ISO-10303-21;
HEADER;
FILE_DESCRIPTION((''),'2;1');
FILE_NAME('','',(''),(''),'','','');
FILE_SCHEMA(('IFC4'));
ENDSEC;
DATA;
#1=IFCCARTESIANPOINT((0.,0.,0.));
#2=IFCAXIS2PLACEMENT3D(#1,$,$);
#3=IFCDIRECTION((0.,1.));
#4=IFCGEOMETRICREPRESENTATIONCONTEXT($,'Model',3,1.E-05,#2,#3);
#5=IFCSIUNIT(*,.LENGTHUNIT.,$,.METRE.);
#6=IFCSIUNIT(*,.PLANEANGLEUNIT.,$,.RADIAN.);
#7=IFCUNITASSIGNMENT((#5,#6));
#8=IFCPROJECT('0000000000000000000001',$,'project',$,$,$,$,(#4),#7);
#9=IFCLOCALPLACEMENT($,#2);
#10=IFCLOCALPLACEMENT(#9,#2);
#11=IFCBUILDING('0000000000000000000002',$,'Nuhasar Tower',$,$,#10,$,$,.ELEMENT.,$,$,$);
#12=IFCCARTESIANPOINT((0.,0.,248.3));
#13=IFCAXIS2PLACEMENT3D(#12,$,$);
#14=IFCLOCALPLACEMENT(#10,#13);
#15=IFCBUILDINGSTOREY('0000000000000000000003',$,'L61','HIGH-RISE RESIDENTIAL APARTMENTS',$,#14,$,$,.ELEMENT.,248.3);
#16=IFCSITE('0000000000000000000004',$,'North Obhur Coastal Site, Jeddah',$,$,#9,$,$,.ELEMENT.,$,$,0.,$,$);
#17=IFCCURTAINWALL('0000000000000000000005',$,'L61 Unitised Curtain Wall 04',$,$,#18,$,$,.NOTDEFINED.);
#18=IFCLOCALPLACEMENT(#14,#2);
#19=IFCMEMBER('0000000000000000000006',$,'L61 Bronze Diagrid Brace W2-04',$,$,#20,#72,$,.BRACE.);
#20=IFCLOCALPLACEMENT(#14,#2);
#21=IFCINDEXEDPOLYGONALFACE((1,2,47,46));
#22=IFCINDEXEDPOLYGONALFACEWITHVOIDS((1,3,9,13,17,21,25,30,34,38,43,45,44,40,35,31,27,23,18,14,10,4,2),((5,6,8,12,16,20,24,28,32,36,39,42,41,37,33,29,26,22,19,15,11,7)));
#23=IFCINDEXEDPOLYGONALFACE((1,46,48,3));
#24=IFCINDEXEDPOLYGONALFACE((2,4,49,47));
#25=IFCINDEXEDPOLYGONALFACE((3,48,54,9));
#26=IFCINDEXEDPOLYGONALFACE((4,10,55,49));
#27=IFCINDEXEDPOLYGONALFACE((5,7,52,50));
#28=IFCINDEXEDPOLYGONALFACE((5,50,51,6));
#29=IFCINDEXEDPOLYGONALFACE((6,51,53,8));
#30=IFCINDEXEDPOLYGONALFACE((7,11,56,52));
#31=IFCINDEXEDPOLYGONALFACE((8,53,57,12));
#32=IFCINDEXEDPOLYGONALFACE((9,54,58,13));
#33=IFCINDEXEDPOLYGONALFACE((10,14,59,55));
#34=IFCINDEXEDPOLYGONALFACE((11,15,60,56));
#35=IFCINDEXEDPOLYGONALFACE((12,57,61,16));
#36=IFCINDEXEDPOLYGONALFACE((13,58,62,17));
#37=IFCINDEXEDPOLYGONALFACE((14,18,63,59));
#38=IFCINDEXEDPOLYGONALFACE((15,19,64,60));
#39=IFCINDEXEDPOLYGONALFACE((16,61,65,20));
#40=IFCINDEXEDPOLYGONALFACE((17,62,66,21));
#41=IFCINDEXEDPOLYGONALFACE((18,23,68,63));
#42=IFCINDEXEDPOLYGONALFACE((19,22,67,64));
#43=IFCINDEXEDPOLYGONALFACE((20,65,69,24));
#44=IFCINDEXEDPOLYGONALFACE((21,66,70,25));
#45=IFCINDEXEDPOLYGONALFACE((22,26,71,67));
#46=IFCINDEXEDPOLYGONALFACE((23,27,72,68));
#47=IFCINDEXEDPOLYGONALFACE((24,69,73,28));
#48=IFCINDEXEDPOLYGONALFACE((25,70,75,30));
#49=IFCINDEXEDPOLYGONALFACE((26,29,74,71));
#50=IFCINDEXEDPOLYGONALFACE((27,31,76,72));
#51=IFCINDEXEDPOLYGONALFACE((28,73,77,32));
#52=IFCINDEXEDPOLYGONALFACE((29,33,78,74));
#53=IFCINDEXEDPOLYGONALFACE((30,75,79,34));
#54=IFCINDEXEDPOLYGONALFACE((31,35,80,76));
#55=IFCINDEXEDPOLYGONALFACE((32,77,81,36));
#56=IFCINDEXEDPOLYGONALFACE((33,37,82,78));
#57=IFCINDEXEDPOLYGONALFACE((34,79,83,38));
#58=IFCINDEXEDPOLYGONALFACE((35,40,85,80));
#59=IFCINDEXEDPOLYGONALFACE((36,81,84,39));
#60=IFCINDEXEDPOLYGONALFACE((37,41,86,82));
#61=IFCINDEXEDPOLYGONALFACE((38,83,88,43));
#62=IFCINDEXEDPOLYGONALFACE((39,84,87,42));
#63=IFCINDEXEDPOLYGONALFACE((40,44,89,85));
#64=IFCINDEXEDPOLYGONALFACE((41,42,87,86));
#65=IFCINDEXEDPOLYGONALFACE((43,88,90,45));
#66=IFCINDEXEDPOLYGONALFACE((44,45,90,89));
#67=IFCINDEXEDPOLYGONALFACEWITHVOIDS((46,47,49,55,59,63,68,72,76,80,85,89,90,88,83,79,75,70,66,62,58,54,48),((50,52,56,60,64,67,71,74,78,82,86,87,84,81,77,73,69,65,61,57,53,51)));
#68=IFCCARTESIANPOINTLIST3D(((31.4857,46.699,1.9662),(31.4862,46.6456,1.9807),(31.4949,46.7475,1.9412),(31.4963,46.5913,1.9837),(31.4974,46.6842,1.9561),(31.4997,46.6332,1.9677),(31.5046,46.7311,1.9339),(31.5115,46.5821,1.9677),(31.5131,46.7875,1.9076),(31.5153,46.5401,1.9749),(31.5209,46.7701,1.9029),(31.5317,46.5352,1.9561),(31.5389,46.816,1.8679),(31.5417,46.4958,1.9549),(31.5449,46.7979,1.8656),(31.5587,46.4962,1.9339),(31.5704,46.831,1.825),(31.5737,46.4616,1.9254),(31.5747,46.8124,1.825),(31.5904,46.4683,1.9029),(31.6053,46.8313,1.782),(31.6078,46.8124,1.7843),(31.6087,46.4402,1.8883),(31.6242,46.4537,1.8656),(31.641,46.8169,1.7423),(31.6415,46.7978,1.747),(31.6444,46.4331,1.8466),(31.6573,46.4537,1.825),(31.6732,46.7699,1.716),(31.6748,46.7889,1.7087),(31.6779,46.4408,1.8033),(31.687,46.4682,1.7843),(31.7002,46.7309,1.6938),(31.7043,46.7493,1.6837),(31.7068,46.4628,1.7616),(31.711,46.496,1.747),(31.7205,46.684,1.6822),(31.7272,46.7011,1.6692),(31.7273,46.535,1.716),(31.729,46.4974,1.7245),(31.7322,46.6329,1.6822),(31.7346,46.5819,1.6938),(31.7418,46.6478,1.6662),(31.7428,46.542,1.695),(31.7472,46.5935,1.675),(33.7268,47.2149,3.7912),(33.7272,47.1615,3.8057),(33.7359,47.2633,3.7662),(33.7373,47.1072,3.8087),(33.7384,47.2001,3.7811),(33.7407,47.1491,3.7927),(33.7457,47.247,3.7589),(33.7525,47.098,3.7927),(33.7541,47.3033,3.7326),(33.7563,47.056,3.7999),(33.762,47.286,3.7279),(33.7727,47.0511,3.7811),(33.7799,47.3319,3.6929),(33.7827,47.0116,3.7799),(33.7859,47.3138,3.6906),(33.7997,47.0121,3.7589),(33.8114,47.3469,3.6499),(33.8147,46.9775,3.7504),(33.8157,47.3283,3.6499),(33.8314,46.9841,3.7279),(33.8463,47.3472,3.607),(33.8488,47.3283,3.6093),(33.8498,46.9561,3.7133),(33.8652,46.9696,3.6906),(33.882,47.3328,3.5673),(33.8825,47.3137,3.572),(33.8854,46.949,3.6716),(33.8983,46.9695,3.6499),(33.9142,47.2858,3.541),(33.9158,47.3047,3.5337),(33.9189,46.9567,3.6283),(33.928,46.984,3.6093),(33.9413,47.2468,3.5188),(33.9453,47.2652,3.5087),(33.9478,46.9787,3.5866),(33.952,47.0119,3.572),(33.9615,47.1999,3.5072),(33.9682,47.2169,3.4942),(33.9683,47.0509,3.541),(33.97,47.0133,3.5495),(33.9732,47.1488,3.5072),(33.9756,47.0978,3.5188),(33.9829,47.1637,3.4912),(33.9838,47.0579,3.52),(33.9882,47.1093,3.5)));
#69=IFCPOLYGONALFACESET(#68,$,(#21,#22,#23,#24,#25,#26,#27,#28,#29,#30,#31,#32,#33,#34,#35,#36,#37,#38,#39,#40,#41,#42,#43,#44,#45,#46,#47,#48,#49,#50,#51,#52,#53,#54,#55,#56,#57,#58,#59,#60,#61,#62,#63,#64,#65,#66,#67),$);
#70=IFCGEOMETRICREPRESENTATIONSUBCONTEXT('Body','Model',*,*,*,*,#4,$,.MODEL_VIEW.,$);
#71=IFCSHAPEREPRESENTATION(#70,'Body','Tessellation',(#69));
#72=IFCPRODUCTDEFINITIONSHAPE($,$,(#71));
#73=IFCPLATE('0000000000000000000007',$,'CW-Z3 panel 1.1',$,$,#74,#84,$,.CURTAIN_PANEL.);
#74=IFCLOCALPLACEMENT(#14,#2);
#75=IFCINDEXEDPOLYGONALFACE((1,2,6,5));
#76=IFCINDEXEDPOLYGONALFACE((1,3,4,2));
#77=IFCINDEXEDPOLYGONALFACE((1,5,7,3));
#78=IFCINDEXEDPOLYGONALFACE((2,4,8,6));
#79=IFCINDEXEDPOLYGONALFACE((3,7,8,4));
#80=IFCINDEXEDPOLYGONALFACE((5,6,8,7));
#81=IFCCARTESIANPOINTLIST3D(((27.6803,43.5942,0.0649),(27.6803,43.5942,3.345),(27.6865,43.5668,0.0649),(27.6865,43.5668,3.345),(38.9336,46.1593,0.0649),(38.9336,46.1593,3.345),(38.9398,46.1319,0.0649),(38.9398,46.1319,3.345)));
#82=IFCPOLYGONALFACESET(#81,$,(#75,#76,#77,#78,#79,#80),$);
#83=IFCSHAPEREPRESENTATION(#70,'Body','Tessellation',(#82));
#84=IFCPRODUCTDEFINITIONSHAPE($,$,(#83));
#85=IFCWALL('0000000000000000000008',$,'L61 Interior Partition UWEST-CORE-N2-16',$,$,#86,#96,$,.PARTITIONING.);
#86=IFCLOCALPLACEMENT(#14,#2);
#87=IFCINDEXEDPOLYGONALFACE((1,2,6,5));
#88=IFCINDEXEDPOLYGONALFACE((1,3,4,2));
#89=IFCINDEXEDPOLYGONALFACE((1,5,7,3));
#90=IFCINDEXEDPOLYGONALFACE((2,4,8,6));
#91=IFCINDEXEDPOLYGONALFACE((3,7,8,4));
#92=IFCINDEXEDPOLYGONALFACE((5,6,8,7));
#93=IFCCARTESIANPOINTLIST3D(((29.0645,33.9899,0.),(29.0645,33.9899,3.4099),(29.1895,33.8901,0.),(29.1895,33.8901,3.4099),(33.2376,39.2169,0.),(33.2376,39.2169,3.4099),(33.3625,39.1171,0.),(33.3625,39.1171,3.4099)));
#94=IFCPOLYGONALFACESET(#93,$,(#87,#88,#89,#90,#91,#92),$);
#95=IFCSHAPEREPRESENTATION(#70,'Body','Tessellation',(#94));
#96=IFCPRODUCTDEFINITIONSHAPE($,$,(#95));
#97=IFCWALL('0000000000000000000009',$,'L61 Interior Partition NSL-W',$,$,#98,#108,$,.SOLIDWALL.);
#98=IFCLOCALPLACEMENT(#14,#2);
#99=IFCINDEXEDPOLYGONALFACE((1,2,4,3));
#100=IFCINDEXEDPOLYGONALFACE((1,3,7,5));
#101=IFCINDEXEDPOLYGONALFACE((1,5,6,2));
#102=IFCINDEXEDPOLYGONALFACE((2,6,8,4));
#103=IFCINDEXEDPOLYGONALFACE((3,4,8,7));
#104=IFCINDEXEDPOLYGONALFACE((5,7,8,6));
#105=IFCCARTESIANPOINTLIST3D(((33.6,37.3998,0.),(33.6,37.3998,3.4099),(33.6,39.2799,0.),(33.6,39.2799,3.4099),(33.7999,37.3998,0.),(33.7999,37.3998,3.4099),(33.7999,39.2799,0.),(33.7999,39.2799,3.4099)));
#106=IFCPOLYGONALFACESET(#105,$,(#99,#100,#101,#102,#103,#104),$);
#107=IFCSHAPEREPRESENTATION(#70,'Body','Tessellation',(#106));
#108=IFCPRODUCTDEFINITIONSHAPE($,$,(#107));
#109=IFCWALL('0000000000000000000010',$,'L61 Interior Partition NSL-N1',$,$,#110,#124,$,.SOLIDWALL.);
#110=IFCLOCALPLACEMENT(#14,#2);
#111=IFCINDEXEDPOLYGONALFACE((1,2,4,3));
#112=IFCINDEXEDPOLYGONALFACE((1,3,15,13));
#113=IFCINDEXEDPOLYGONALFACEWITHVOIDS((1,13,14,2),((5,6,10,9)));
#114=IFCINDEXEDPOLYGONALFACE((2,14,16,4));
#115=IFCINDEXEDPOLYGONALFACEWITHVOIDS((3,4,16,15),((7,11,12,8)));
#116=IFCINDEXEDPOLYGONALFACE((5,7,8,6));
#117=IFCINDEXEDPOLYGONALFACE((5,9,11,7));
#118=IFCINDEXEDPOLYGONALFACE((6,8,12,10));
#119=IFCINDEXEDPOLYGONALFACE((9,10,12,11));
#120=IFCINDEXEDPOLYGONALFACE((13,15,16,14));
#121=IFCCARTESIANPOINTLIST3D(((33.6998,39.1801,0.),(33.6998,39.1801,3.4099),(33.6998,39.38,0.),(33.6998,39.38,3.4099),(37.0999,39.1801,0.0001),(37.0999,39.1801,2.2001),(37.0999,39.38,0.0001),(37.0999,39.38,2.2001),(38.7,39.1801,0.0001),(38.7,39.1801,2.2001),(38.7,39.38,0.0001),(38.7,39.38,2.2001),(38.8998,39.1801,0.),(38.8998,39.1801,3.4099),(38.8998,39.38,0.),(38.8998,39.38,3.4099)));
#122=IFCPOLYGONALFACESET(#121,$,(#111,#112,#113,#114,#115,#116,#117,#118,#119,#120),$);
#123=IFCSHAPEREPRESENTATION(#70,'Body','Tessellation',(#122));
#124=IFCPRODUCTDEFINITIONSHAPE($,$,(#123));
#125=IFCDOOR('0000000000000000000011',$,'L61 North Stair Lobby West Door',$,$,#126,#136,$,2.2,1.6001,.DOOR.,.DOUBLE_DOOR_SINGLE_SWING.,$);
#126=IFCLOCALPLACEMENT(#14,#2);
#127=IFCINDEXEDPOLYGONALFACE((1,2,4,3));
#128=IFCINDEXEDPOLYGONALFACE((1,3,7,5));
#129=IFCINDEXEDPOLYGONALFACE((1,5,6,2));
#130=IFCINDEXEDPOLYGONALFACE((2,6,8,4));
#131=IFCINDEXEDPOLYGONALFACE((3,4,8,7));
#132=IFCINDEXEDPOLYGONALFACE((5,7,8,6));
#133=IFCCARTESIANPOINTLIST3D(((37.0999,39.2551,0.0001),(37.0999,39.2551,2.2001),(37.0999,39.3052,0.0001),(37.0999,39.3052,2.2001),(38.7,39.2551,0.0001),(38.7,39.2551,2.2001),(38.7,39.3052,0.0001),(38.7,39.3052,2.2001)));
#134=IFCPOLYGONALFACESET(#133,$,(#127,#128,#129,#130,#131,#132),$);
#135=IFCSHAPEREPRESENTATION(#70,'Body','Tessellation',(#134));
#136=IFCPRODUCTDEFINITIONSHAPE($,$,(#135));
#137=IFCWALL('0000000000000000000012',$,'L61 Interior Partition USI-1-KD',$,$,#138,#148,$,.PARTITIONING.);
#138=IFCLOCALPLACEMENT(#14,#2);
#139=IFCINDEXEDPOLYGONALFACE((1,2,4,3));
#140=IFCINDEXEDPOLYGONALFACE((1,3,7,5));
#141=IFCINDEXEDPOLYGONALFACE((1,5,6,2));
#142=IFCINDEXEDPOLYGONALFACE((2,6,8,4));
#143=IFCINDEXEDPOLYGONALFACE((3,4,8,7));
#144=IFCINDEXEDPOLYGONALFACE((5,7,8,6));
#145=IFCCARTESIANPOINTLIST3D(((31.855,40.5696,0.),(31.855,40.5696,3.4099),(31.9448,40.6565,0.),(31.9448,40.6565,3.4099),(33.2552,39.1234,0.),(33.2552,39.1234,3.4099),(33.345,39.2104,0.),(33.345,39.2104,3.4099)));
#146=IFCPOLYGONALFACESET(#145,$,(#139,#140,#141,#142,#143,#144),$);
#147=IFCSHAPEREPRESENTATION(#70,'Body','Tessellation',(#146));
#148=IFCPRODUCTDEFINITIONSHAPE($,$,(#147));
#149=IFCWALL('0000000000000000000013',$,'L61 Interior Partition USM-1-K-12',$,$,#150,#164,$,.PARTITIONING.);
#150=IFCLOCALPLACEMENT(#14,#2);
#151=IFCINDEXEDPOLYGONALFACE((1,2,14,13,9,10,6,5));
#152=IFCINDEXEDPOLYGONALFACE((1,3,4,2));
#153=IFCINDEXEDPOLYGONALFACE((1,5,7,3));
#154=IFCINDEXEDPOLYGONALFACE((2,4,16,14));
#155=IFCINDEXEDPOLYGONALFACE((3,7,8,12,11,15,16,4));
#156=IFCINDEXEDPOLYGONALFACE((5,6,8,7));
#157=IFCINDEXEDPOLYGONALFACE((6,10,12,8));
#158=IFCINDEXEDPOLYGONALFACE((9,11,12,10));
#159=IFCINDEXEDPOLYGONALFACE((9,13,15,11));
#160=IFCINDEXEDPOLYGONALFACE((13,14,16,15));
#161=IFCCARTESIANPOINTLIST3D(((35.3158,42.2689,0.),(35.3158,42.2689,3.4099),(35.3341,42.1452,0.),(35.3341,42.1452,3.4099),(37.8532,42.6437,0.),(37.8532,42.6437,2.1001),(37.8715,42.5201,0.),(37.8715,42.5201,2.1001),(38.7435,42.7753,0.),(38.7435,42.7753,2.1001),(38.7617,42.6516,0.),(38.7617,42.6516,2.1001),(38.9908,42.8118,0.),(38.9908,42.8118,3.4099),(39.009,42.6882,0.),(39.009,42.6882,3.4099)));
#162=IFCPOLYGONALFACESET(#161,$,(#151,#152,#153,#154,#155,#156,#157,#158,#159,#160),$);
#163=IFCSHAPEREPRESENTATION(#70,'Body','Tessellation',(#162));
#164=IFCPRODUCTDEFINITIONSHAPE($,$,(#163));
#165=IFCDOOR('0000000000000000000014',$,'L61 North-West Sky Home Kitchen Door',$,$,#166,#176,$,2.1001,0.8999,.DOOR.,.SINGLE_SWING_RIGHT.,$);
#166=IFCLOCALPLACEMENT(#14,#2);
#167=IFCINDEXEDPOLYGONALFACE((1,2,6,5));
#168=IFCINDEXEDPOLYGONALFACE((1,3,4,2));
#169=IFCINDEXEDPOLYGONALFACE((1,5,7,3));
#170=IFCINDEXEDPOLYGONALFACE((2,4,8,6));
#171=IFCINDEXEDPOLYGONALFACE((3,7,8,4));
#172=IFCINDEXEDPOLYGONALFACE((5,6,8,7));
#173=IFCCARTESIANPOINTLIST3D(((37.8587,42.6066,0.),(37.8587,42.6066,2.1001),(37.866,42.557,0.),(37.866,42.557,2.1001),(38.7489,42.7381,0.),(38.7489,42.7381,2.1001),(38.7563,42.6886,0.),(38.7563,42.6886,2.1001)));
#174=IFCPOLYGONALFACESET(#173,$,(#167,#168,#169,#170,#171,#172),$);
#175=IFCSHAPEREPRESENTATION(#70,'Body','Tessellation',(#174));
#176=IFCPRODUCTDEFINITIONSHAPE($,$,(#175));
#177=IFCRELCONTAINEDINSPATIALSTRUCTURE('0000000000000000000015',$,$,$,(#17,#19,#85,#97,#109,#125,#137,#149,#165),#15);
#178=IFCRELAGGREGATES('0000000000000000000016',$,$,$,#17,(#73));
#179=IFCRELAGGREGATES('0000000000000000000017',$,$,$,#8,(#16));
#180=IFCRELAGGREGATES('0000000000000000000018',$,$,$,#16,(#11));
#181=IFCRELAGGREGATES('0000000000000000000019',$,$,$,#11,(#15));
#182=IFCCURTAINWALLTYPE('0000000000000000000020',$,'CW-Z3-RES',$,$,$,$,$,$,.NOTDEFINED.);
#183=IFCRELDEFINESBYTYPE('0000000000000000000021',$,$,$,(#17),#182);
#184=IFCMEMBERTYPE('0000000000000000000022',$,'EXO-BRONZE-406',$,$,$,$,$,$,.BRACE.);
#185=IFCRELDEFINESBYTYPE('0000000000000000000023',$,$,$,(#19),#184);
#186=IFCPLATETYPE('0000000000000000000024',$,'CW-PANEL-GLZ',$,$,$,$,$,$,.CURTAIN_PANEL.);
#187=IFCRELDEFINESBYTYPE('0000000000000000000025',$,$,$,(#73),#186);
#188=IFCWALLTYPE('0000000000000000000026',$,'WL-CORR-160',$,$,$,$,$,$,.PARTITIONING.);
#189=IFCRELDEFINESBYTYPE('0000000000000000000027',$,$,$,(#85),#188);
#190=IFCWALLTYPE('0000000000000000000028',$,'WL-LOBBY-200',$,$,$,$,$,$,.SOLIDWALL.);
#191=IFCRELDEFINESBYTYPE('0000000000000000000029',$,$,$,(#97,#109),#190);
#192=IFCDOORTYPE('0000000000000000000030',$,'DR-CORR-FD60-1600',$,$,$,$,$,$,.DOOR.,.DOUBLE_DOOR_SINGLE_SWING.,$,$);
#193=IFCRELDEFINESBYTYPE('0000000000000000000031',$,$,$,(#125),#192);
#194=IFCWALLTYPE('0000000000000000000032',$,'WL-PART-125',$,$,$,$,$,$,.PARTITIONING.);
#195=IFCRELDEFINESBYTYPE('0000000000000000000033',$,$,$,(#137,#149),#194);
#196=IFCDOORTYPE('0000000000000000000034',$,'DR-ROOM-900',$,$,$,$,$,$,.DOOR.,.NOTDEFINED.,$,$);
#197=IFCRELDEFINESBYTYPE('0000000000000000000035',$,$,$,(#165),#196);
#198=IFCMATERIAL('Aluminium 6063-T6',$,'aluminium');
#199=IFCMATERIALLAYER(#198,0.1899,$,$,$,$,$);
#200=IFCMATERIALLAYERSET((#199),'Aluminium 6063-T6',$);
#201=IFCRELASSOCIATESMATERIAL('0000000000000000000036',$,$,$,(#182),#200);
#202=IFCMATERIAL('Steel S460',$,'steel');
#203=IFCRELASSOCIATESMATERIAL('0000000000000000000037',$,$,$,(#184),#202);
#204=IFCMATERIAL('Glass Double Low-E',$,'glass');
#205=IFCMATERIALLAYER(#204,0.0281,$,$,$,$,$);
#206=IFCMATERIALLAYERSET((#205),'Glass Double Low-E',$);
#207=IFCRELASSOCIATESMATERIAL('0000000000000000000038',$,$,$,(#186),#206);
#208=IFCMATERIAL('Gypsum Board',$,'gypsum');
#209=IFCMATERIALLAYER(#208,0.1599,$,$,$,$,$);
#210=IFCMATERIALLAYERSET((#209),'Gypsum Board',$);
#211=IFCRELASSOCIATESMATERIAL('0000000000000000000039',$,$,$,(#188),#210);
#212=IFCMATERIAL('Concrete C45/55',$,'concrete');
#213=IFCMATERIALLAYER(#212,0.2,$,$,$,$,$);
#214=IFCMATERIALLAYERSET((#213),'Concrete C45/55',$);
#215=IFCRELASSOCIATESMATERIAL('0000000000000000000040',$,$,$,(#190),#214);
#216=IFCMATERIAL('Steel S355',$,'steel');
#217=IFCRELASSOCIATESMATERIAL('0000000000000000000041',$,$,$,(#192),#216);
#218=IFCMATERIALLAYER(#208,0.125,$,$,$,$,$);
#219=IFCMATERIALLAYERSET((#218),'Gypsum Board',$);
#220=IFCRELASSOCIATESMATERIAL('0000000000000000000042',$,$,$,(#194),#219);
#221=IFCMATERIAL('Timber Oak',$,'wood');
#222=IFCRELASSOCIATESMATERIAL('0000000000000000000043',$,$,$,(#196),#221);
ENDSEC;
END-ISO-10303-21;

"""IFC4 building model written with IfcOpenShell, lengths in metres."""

from ifc_helpers import new_model, si_unit, direction, frame, frame_2d, origin, origin_2d, place, context, subcontext, project, spatial, rectangle, hollow_circle, extrude, material, layer, layer_set, material_profile, profile_set, type_object, element, fill, aggregate, save


model = new_model("IFC4")

# Units and contexts
model_context = context("Model", 3, precision=1e-05, world=origin(), true_north=direction((0.0, 1.0)))
body_context = subcontext(model_context, "Body", "Model", "MODEL_VIEW")
ifc_project = project(units=[si_unit("LENGTHUNIT", "METRE"), si_unit("PLANEANGLEUNIT", "RADIAN")], contexts=[model_context])

# Site, building, storey
site_placement = place(None, origin())
site = spatial("IfcSite", under=ifc_project, at=site_placement, Name="North Obhur Coastal Site, Jeddah", CompositionType="ELEMENT", RefElevation=0.0)
building_placement = place(site_placement, origin())
building = spatial("IfcBuilding", under=site, at=building_placement, Name="Nuhasar Tower", CompositionType="ELEMENT")
storey_placement = place(building_placement, frame((0.0, 0.0, 248.3)))
storey = spatial("IfcBuildingStorey", under=building, at=storey_placement, Name="L61", Description="HIGH-RISE RESIDENTIAL APARTMENTS", CompositionType="ELEMENT", Elevation=248.3)

# Shared definitions
ifc_material_1 = material(Name="Steel S355", Category="steel")

# Curtain wall
ifc_material_2 = material(Name="Aluminium 6063-T6", Category="aluminium")
ifc_layer_1 = layer(ifc_material_2, 0.1899)
ifc_layer_set_1 = layer_set([ifc_layer_1], Name="Aluminium 6063-T6")
curtain_wall_type = type_object("IfcCurtainWallType", Name="CW-Z3-RES", PredefinedType="NOTDEFINED", material=ifc_layer_set_1)
curtain_wall_placement = place(storey_placement, origin())
curtain_wall = element("IfcCurtainWall", 1, at=curtain_wall_placement, inside=storey, type_object=curtain_wall_type, Name="L61 Unitised Curtain Wall 04", PredefinedType="NOTDEFINED")

# Member
ifc_material_3 = material(Name="Steel S460", Category="steel")
ifc_material_profile_1 = material_profile(ifc_material_3, hollow_circle(Radius=0.2031, WallThickness=0.019, at=origin_2d()), Name="HSS406.4X19.1")
ifc_profile_set_1 = profile_set([ifc_material_profile_1], Name="Steel S460")
member_type_1 = type_object("IfcMemberType", Name="EXO-BRONZE-406", PredefinedType="BRACE", material=ifc_profile_set_1)
for number, where, z_axis, x_axis, name in (
    (2, (31.616, 46.6331, 1.825), (0.763343, 0.175721, 0.621635), (-0.224332, 0.974513, 0.0), "L61 Bronze Diagrid Brace W2-04"),
):
    element("IfcMember", number, at=place(storey_placement, frame(where, z_axis=z_axis, x_axis=x_axis)), inside=storey, type_object=member_type_1, Name=name, PredefinedType="BRACE", context=body_context, shape_type="SweptSolid", body=[
        extrude(hollow_circle(Radius=0.2031, WallThickness=0.019, at=origin_2d()), origin(), (0.0, 0.0, 1.0), 2.9358),
    ])

# Plate
ifc_material_4 = material(Name="Glass Double Low-E", Category="glass")
ifc_layer_2 = layer(ifc_material_4, 0.0281)
ifc_layer_set_2 = layer_set([ifc_layer_2], Name="Glass Double Low-E")
plate_type = type_object("IfcPlateType", Name="CW-PANEL-GLZ", PredefinedType="CURTAIN_PANEL", material=ifc_layer_set_2)
plate_placement = place(storey_placement, frame((33.3101, 44.863, 0.0649), z_axis=(0.0, 0.0, 1.0), x_axis=(-0.974991, -0.222243, 0.0)))
plate = element("IfcPlate", 3, at=plate_placement, type_object=plate_type, Name="CW-Z3 panel 1.1", PredefinedType="CURTAIN_PANEL", context=body_context, shape_type="SweptSolid", body=[
    extrude(rectangle(XDim=11.542, YDim=0.0281, at=origin_2d()), origin(), (0.0, 0.0, 1.0), 3.28),
])
aggregate(curtain_wall, [plate])

# Walls
ifc_material_5 = material(Name="Gypsum Board", Category="gypsum")
ifc_layer_3 = layer(ifc_material_5, 0.1599)
ifc_layer_set_3 = layer_set([ifc_layer_3], Name="Gypsum Board")
wall_type_1 = type_object("IfcWallType", Name="WL-CORR-160", PredefinedType="PARTITIONING", material=ifc_layer_set_3)
wall_1_placement = place(storey_placement, frame((33.3, 39.167, 0.0), z_axis=(0.0, 0.0, 1.0), x_axis=(-0.623916, -0.781492, 0.0)))
element("IfcWall", 4, at=wall_1_placement, inside=storey, type_object=wall_type_1, Name="L61 Interior Partition UWEST-CORE-N2-16", PredefinedType="PARTITIONING", context=body_context, shape_type="SweptSolid", body=[
    extrude(rectangle(XDim=6.6885, YDim=0.1599, at=frame_2d((3.3442, 0.0))), origin(), (0.0, 0.0, 1.0), 3.4099),
])
ifc_material_6 = material(Name="Concrete C45/55", Category="concrete")
ifc_layer_4 = layer(ifc_material_6, 0.2)
ifc_layer_set_4 = layer_set([ifc_layer_4], Name="Concrete C45/55")
wall_type_2 = type_object("IfcWallType", Name="WL-LOBBY-200", PredefinedType="SOLIDWALL", material=ifc_layer_set_4)
wall_2_placement = place(storey_placement, frame((33.7, 37.3999, 0.0), z_axis=(0.0, 0.0, 1.0), x_axis=(0.0, 1.0, 0.0)))
element("IfcWall", 5, at=wall_2_placement, inside=storey, type_object=wall_type_2, Name="L61 Interior Partition NSL-W", PredefinedType="SOLIDWALL", context=body_context, shape_type="SweptSolid", body=[
    extrude(rectangle(XDim=1.8801, YDim=0.2, at=frame_2d((0.9399, 0.0))), origin(), (0.0, 0.0, 1.0), 3.4099),
])

# Wall, opening, door
wall_3_placement = place(storey_placement, frame((38.8999, 39.28, 0.0), z_axis=(0.0, 0.0, 1.0), x_axis=(-1.0, 0.0, 0.0)))
wall_3 = element("IfcWall", 6, at=wall_3_placement, inside=storey, type_object=wall_type_2, Name="L61 Interior Partition NSL-N1", PredefinedType="SOLIDWALL", context=body_context, shape_type="SweptSolid", body=[
    extrude(rectangle(XDim=5.2, YDim=0.2, at=frame_2d((2.6001, 0.0))), origin(), (0.0, 0.0, 1.0), 3.4099),
])
opening_1_placement = place(wall_3_placement, frame((0.2, 0.0, 0.0)))
opening_1 = element("IfcOpeningElement", 7, at=opening_1_placement, cuts=wall_3, PredefinedType="OPENING", context=body_context, shape_type="SweptSolid", body=[
    extrude(rectangle(XDim=1.6001, YDim=2.2, at=frame_2d((0.8, 1.1001))), frame((0.0, 0.1099, 0.0), z_axis=(0.0, -1.0, 0.0), x_axis=(1.0, 0.0, 0.0)), (0.0, 0.0, 1.0), 0.22),
])
door_type_1 = type_object("IfcDoorType", Name="DR-CORR-FD60-1600", OperationType="DOUBLE_DOOR_SINGLE_SWING", PredefinedType="DOOR", material=ifc_material_1)
door_1_placement = place(opening_1_placement, origin())
door_1 = element("IfcDoor", 8, at=door_1_placement, inside=storey, type_object=door_type_1, Name="L61 North Stair Lobby West Door", OperationType="DOUBLE_DOOR_SINGLE_SWING", OverallHeight=2.2, OverallWidth=1.6001, PredefinedType="DOOR", context=body_context, shape_type="SweptSolid", body=[
    extrude(rectangle(XDim=1.6001, YDim=2.2, at=frame_2d((0.8, 1.1001))), frame((0.0, 0.0249, 0.0), z_axis=(0.0, -1.0, 0.0), x_axis=(1.0, 0.0, 0.0)), (0.0, 0.0, 1.0), 0.05),
])
fill(opening_1, door_1)

# Wall
ifc_layer_5 = layer(ifc_material_5, 0.125)
ifc_layer_set_5 = layer_set([ifc_layer_5], Name="Gypsum Board")
wall_type_3 = type_object("IfcWallType", Name="WL-PART-125", PredefinedType="PARTITIONING", material=ifc_layer_set_5)
wall_4_placement = place(storey_placement, frame((33.3, 39.167, 0.0), z_axis=(0.0, 0.0, 1.0), x_axis=(-0.695613, 0.718416, 0.0)))
element("IfcWall", 9, at=wall_4_placement, inside=storey, type_object=wall_type_3, Name="L61 Interior Partition USI-1-KD", PredefinedType="PARTITIONING", context=body_context, shape_type="SweptSolid", body=[
    extrude(rectangle(XDim=2.0129, YDim=0.125, at=frame_2d((1.0063, 0.0))), origin(), (0.0, 0.0, 1.0), 3.4099),
])

# Wall, opening, door
wall_5_placement = place(storey_placement, frame((35.325, 42.207, 0.0), z_axis=(0.0, 0.0, 1.0), x_axis=(0.989261, 0.146158, 0.0)))
wall_5 = element("IfcWall", 10, at=wall_5_placement, inside=storey, type_object=wall_type_3, Name="L61 Interior Partition USM-1-K-12", PredefinedType="PARTITIONING", context=body_context, shape_type="SweptSolid", body=[
    extrude(rectangle(XDim=3.7148, YDim=0.125, at=frame_2d((1.8574, 0.0))), origin(), (0.0, 0.0, 1.0), 3.4099),
])
opening_2_placement = place(wall_5_placement, frame((2.5649, 0.0, 0.0)))
opening_2 = element("IfcOpeningElement", 11, at=opening_2_placement, cuts=wall_5, PredefinedType="OPENING", context=body_context, shape_type="SweptSolid", body=[
    extrude(rectangle(XDim=0.8999, YDim=2.1001, at=frame_2d((0.45, 1.05))), frame((0.0, 0.0725, 0.0), z_axis=(0.0, -1.0, 0.0), x_axis=(1.0, 0.0, 0.0)), (0.0, 0.0, 1.0), 0.145),
])
ifc_material_7 = material(Name="Timber Oak", Category="wood")
door_type_2 = type_object("IfcDoorType", Name="DR-ROOM-900", OperationType="NOTDEFINED", PredefinedType="DOOR", material=ifc_material_7)
door_2_placement = place(opening_2_placement, origin())
door_2 = element("IfcDoor", 12, at=door_2_placement, inside=storey, type_object=door_type_2, Name="L61 North-West Sky Home Kitchen Door", OperationType="SINGLE_SWING_RIGHT", OverallHeight=2.1001, OverallWidth=0.8999, PredefinedType="DOOR", context=body_context, shape_type="SweptSolid", body=[
    extrude(rectangle(XDim=0.8999, YDim=2.1001, at=frame_2d((0.45, 1.05))), frame((0.0, 0.0249, 0.0), z_axis=(0.0, -1.0, 0.0), x_axis=(1.0, 0.0, 0.0)), (0.0, 0.0, 1.0), 0.05),
])
fill(opening_2, door_2)

save(model, "model.ifc")
